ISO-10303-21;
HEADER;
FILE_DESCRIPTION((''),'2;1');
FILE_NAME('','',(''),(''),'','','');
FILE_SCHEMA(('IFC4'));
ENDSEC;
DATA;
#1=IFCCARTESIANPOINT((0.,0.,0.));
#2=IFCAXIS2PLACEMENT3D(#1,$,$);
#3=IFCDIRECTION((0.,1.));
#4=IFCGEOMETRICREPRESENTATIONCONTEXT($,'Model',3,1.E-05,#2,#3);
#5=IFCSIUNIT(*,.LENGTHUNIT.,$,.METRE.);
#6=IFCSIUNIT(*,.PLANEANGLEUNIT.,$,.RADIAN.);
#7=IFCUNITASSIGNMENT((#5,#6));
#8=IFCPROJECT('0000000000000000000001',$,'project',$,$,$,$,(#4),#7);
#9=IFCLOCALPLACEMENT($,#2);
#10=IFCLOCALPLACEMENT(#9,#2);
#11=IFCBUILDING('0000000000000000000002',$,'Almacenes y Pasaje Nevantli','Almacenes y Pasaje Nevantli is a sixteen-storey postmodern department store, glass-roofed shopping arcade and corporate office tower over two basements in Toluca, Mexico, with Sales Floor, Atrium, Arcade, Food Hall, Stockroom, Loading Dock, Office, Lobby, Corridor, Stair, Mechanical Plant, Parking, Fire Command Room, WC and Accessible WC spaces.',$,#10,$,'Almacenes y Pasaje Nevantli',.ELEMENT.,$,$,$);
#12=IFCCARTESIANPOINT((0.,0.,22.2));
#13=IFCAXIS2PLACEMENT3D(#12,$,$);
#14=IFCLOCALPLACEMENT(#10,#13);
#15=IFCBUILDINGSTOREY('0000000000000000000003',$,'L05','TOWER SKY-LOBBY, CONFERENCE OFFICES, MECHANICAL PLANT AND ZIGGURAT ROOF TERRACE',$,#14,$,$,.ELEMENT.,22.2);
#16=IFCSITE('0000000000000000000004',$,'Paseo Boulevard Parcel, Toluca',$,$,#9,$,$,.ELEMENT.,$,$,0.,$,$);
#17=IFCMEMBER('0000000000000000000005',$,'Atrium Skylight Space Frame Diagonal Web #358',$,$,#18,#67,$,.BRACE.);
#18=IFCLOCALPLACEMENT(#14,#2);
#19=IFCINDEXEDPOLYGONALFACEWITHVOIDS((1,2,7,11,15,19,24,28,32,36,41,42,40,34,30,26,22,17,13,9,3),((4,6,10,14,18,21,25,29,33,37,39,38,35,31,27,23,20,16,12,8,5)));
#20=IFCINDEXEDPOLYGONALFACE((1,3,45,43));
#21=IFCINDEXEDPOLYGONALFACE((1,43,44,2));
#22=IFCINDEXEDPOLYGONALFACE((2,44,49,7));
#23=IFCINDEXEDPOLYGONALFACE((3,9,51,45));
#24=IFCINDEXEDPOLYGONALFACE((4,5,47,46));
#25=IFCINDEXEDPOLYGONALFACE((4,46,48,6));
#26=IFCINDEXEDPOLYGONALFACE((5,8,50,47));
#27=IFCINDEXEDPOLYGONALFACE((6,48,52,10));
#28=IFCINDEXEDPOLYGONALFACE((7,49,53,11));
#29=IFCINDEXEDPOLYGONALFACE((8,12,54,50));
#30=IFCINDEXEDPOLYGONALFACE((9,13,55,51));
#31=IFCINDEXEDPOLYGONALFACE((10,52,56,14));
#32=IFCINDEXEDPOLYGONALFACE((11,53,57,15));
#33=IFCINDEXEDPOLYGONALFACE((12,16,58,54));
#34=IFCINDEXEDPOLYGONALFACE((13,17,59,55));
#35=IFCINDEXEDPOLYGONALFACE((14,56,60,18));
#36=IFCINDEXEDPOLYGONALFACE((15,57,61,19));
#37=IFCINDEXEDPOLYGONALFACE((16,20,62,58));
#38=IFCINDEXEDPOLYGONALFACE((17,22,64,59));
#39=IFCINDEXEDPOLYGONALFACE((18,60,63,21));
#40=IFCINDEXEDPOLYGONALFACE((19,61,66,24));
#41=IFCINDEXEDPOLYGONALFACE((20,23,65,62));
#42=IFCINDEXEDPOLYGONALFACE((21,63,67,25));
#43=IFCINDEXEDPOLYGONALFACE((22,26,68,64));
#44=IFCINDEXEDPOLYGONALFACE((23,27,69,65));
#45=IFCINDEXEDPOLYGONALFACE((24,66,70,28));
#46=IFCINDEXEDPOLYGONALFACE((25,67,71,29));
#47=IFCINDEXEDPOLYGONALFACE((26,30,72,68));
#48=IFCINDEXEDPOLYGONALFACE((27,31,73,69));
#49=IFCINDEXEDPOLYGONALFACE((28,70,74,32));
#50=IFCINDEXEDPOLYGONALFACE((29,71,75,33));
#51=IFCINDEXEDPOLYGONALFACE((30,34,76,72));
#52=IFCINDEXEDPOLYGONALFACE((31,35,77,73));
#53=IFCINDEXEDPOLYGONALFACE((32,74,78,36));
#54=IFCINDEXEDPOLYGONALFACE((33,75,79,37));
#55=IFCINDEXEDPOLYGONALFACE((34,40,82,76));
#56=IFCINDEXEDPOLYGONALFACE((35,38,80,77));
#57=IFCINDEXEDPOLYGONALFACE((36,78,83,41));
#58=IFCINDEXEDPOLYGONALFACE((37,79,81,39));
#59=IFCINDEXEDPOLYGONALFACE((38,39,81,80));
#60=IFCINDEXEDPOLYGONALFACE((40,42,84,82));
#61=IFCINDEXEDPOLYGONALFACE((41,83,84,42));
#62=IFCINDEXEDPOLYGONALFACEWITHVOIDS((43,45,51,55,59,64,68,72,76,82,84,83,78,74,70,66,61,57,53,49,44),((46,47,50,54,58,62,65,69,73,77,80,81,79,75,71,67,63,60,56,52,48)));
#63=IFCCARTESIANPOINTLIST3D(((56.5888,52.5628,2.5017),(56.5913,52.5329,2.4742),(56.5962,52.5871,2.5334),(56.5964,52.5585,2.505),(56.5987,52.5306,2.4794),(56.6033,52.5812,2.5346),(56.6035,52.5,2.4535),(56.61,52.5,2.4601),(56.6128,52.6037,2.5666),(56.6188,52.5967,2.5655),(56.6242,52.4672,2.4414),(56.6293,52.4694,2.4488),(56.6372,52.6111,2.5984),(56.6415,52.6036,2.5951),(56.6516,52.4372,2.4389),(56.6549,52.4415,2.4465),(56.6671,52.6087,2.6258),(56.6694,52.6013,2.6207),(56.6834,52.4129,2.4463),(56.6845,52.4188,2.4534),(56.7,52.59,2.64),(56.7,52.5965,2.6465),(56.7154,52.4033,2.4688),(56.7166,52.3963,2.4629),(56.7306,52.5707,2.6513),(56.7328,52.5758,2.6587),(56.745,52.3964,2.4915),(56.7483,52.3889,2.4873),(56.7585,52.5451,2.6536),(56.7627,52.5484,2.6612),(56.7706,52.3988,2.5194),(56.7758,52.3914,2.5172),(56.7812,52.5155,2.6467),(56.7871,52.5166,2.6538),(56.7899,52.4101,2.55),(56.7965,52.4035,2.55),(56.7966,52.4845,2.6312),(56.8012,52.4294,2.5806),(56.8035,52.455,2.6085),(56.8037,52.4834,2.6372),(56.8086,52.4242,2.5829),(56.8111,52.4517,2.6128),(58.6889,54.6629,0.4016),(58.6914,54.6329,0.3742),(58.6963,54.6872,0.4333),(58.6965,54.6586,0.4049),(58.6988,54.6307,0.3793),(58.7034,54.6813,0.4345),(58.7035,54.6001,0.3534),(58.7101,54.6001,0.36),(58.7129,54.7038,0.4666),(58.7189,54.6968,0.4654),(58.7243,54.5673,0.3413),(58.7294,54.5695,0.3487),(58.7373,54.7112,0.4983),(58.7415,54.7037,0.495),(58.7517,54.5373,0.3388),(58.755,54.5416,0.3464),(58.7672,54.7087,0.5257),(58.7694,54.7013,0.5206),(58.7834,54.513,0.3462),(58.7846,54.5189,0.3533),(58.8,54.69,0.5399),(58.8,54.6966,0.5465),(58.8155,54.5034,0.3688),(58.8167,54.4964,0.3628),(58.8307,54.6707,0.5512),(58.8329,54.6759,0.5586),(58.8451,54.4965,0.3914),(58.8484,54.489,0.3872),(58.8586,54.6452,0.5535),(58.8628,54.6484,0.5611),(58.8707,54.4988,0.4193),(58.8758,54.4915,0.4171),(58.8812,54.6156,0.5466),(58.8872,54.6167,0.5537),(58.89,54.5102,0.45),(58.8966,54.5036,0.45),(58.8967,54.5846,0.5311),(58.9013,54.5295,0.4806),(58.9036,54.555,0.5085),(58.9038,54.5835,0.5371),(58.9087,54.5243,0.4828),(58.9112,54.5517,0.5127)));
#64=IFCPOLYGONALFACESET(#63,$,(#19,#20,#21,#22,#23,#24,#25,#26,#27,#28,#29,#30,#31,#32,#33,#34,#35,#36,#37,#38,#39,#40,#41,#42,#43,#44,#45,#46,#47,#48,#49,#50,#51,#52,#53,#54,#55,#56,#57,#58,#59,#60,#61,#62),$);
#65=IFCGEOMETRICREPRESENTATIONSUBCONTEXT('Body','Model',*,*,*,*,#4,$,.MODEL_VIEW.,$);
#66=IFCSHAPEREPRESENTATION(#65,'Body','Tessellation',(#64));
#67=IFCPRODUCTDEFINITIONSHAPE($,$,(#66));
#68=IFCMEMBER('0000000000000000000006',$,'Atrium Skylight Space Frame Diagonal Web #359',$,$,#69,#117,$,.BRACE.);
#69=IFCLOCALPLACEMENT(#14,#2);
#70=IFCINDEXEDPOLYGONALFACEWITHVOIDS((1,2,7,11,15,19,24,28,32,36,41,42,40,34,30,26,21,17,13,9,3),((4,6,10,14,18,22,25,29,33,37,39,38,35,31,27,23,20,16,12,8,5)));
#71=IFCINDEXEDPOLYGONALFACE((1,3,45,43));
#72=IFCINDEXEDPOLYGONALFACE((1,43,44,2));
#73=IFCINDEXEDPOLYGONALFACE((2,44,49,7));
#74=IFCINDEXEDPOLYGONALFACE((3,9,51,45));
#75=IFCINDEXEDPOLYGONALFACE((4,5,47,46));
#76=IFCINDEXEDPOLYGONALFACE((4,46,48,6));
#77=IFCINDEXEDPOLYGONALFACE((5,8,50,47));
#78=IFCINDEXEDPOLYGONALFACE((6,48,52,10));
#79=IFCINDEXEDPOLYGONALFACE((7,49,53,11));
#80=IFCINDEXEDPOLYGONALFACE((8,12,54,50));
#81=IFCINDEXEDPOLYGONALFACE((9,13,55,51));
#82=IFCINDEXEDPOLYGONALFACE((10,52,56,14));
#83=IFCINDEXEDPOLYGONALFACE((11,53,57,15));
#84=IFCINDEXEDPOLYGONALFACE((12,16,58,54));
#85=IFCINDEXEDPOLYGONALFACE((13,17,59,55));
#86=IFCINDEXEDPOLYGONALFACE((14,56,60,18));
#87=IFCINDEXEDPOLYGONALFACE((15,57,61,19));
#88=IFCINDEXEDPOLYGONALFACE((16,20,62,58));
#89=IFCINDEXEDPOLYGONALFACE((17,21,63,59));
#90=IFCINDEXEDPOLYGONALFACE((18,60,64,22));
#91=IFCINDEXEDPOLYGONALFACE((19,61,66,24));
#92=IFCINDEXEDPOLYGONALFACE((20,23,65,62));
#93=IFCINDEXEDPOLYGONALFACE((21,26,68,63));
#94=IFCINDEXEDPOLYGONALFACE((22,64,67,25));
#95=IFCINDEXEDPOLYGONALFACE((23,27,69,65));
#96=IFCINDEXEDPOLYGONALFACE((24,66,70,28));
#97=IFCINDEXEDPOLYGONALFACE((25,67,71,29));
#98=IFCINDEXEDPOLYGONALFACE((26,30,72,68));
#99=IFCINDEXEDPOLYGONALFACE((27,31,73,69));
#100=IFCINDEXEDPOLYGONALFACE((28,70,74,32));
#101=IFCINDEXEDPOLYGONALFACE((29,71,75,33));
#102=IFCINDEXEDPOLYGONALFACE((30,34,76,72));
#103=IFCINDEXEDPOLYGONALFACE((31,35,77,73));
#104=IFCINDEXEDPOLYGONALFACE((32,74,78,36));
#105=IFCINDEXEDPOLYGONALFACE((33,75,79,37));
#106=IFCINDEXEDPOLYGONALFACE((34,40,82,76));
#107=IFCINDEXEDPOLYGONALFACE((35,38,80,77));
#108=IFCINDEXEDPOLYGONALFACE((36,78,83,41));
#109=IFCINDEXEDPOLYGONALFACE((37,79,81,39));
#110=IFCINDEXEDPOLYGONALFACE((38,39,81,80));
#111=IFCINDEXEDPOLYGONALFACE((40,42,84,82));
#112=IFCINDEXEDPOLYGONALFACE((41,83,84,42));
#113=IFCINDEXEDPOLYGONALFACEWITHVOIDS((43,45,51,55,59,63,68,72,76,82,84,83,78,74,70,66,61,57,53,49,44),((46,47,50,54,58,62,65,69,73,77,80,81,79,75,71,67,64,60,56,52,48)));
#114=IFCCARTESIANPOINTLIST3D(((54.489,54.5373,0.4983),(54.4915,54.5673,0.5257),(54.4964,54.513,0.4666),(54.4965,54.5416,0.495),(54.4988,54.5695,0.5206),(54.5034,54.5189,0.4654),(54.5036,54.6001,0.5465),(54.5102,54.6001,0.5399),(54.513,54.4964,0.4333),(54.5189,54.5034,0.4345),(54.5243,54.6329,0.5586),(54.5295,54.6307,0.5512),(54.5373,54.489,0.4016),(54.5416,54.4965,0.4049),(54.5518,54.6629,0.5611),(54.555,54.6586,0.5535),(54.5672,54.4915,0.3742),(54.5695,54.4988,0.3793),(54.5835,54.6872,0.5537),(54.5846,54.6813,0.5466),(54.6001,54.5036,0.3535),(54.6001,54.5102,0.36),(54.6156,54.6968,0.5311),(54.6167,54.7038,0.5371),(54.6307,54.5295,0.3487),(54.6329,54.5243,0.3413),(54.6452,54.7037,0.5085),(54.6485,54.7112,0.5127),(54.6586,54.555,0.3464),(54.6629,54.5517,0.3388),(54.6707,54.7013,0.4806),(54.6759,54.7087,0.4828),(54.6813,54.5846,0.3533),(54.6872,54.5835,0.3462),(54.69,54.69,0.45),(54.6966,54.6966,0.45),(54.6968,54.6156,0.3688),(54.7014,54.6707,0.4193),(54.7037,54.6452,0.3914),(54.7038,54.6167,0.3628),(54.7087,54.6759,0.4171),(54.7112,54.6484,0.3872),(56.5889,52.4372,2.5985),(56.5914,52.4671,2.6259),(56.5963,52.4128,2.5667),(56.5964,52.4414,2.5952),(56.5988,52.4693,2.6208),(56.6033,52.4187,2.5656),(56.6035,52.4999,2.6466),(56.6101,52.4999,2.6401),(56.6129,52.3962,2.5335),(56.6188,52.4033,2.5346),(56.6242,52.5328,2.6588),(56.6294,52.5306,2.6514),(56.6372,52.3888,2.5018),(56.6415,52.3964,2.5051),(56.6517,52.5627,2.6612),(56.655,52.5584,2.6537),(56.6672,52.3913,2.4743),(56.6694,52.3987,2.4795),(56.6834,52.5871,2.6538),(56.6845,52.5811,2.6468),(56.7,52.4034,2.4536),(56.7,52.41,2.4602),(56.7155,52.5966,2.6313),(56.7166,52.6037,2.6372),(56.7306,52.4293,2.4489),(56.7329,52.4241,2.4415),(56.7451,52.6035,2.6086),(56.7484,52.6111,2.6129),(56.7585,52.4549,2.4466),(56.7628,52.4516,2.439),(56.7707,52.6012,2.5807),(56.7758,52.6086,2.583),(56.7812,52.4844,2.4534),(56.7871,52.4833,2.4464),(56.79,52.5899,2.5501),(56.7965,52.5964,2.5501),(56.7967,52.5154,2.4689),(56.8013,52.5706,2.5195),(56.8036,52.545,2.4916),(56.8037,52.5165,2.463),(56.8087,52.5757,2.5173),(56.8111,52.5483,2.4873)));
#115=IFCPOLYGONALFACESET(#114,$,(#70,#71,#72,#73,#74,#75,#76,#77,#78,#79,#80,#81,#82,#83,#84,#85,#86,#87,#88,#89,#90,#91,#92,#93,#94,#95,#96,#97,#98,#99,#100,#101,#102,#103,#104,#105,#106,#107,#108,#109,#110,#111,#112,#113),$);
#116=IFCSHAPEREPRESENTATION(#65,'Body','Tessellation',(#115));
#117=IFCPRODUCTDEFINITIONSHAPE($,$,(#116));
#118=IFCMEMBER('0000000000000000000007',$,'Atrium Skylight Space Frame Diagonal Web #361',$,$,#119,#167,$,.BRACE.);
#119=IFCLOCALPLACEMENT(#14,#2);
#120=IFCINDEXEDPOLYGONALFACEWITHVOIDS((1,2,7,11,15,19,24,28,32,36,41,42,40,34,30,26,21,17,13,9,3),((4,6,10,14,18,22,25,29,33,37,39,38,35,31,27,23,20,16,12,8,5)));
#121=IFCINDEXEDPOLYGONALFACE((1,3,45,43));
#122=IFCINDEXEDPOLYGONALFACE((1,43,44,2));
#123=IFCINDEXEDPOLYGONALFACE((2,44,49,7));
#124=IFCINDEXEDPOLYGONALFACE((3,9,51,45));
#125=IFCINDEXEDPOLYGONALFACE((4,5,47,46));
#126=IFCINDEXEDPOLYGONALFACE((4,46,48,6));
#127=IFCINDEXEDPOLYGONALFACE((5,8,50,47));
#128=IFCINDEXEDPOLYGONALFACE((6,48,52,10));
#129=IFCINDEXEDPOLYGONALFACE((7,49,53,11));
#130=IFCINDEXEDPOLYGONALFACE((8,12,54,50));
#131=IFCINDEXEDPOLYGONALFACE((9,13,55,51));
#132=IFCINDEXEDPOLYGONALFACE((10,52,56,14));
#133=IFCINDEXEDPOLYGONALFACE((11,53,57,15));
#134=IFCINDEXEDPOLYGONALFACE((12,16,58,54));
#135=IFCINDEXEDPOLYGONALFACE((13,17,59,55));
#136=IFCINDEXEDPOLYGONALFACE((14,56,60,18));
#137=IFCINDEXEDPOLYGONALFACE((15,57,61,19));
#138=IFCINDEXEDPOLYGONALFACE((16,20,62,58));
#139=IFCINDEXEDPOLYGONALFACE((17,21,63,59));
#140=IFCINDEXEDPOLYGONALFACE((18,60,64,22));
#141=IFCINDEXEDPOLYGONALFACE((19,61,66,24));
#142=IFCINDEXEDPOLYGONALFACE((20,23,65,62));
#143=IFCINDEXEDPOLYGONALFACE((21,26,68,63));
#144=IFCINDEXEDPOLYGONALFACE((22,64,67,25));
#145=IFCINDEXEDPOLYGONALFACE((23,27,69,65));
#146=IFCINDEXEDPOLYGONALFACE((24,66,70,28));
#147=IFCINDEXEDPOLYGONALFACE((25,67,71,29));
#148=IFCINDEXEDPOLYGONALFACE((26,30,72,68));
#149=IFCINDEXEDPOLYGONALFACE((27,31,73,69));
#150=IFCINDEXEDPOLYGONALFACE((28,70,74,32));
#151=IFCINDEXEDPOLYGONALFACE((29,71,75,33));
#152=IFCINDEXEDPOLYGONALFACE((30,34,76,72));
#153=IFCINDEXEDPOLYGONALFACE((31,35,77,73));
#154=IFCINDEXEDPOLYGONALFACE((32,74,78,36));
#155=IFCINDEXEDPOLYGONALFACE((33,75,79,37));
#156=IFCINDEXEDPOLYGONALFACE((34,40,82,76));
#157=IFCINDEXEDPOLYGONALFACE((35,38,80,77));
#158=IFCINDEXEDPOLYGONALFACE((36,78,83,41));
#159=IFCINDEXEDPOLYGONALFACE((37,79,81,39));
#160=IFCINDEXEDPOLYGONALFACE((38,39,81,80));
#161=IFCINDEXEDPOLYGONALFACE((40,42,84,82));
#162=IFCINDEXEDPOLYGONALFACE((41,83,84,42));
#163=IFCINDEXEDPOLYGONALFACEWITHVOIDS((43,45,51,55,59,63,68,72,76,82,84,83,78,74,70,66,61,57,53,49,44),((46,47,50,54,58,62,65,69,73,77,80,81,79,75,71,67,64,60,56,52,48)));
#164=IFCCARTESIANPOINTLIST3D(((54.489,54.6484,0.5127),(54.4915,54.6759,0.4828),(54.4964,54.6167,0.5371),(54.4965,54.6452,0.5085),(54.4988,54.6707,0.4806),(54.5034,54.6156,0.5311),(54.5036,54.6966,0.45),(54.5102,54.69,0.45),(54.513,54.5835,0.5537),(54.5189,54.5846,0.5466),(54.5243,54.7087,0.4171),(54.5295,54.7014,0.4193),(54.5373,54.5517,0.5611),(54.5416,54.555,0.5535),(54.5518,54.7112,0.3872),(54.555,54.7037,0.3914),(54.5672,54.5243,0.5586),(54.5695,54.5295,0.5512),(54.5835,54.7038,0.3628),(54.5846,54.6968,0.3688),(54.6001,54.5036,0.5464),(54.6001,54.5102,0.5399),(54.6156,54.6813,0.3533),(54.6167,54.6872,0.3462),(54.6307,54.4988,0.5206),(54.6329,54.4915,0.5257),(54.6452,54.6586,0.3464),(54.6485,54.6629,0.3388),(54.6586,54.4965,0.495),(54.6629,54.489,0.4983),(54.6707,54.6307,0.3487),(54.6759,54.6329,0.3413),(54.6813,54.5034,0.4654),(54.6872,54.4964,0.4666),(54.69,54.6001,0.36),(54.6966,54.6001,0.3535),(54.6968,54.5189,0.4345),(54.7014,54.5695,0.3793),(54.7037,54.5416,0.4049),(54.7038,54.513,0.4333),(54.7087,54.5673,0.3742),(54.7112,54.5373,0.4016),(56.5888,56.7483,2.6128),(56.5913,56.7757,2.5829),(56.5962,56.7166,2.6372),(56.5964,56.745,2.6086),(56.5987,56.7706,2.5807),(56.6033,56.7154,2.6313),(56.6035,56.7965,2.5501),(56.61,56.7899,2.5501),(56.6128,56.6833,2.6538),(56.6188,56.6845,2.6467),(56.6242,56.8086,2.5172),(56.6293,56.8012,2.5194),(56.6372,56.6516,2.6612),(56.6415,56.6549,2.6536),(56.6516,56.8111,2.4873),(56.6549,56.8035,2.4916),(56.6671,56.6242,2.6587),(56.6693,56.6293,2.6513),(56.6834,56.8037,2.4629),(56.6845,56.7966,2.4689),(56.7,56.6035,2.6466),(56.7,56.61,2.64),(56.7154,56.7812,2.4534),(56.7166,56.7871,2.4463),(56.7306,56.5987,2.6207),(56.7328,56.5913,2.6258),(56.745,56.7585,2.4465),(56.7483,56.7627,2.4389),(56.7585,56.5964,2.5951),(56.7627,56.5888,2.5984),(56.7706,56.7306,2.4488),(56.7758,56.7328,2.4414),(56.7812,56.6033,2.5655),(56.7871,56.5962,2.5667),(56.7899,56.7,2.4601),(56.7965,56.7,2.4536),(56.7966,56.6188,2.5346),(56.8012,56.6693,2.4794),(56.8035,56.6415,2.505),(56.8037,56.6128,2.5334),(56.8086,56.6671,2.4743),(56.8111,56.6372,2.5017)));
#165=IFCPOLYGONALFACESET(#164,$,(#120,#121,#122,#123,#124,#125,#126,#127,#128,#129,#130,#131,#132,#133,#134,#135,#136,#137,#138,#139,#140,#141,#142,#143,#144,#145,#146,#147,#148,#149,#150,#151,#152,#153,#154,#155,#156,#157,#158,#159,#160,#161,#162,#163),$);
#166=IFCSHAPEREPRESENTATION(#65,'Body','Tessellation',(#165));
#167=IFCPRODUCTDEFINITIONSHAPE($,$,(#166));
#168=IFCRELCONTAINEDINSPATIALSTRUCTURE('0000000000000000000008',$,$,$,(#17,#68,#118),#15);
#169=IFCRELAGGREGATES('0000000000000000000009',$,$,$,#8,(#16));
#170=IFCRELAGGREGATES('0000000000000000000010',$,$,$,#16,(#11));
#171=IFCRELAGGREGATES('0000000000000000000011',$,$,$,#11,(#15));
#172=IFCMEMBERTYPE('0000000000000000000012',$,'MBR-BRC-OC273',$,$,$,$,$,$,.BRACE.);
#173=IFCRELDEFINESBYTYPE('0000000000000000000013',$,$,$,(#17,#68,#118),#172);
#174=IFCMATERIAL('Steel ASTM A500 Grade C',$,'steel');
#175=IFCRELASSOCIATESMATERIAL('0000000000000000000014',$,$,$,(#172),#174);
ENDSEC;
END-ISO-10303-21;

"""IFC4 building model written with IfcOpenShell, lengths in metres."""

from ifc_helpers import new_model, si_unit, direction, frame, origin, origin_2d, place, context, subcontext, project, spatial, hollow_circle, extrude, material, material_profile, profile_set, type_object, element, save


model = new_model("IFC4")

# Units and contexts
model_context = context("Model", 3, precision=1e-05, world=origin(), true_north=direction((0.0, 1.0)))
body_context = subcontext(model_context, "Body", "Model", "MODEL_VIEW")
ifc_project = project(units=[si_unit("LENGTHUNIT", "METRE"), si_unit("PLANEANGLEUNIT", "RADIAN")], contexts=[model_context])

# Site, building, storey
site_placement = place(None, origin())
site = spatial("IfcSite", under=ifc_project, at=site_placement, Name="Paseo Boulevard Parcel, Toluca", CompositionType="ELEMENT", RefElevation=0.0)
building_placement = place(site_placement, origin())
building = spatial("IfcBuilding", under=site, at=building_placement, Name="Almacenes y Pasaje Nevantli", Description="Almacenes y Pasaje Nevantli is a sixteen-storey postmodern department store, glass-roofed shopping arcade and corporate office tower over two basements in Toluca, Mexico, with Sales Floor, Atrium, Arcade, Food Hall, Stockroom, Loading Dock, Office, Lobby, Corridor, Stair, Mechanical Plant, Parking, Fire Command Room, WC and Accessible WC spaces.", LongName="Almacenes y Pasaje Nevantli", CompositionType="ELEMENT")
storey_placement = place(building_placement, frame((0.0, 0.0, 22.2)))
storey = spatial("IfcBuildingStorey", under=building, at=storey_placement, Name="L05", Description="TOWER SKY-LOBBY, CONFERENCE OFFICES, MECHANICAL PLANT AND ZIGGURAT ROOF TERRACE", CompositionType="ELEMENT", Elevation=22.2)

# Members
ifc_material_1 = material(Name="Steel ASTM A500 Grade C", Category="steel")
ifc_material_profile_1 = material_profile(ifc_material_1, hollow_circle(Radius=0.1365, WallThickness=0.0093, at=origin_2d()), Name="OC 273x9.3")
ifc_profile_set_1 = profile_set([ifc_material_profile_1], Name="Steel ASTM A500 Grade C")
member_type_1 = type_object("IfcMemberType", Name="MBR-BRC-OC273", PredefinedType="BRACE", material=ifc_profile_set_1)
for number, where, z_axis, x_axis, name in (
    (1, (58.8, 54.6001, 0.45), (-0.57735, -0.57735, 0.57735), (0.707107, -0.707107, 0.0), "Atrium Skylight Space Frame Diagonal Web #358"),
    (2, (54.6001, 54.6001, 0.45), (0.577306, -0.577373, 0.577373), (0.707148, 0.707066, 0.0), "Atrium Skylight Space Frame Diagonal Web #359"),
):
    element("IfcMember", number, at=place(storey_placement, frame(where, z_axis=z_axis, x_axis=x_axis)), inside=storey, type_object=member_type_1, Name=name, PredefinedType="BRACE", context=body_context, shape_type="SweptSolid", body=[
        extrude(hollow_circle(Radius=0.1365, WallThickness=0.0093, at=origin_2d()), origin(), (0.0, 0.0, 1.0), 3.6375),
    ])
member_1_placement = place(storey_placement, frame((54.6001, 54.6001, 0.45), z_axis=(0.577328, 0.577328, 0.577395), x_axis=(-0.707107, 0.707107, 0.0)))
element("IfcMember", 3, at=member_1_placement, inside=storey, type_object=member_type_1, Name="Atrium Skylight Space Frame Diagonal Web #361", PredefinedType="BRACE", context=body_context, shape_type="SweptSolid", body=[
    extrude(hollow_circle(Radius=0.1365, WallThickness=0.0093, at=origin_2d()), origin(), (0.0, 0.0, 1.0), 3.6372),
])

save(model, "model.ifc")
